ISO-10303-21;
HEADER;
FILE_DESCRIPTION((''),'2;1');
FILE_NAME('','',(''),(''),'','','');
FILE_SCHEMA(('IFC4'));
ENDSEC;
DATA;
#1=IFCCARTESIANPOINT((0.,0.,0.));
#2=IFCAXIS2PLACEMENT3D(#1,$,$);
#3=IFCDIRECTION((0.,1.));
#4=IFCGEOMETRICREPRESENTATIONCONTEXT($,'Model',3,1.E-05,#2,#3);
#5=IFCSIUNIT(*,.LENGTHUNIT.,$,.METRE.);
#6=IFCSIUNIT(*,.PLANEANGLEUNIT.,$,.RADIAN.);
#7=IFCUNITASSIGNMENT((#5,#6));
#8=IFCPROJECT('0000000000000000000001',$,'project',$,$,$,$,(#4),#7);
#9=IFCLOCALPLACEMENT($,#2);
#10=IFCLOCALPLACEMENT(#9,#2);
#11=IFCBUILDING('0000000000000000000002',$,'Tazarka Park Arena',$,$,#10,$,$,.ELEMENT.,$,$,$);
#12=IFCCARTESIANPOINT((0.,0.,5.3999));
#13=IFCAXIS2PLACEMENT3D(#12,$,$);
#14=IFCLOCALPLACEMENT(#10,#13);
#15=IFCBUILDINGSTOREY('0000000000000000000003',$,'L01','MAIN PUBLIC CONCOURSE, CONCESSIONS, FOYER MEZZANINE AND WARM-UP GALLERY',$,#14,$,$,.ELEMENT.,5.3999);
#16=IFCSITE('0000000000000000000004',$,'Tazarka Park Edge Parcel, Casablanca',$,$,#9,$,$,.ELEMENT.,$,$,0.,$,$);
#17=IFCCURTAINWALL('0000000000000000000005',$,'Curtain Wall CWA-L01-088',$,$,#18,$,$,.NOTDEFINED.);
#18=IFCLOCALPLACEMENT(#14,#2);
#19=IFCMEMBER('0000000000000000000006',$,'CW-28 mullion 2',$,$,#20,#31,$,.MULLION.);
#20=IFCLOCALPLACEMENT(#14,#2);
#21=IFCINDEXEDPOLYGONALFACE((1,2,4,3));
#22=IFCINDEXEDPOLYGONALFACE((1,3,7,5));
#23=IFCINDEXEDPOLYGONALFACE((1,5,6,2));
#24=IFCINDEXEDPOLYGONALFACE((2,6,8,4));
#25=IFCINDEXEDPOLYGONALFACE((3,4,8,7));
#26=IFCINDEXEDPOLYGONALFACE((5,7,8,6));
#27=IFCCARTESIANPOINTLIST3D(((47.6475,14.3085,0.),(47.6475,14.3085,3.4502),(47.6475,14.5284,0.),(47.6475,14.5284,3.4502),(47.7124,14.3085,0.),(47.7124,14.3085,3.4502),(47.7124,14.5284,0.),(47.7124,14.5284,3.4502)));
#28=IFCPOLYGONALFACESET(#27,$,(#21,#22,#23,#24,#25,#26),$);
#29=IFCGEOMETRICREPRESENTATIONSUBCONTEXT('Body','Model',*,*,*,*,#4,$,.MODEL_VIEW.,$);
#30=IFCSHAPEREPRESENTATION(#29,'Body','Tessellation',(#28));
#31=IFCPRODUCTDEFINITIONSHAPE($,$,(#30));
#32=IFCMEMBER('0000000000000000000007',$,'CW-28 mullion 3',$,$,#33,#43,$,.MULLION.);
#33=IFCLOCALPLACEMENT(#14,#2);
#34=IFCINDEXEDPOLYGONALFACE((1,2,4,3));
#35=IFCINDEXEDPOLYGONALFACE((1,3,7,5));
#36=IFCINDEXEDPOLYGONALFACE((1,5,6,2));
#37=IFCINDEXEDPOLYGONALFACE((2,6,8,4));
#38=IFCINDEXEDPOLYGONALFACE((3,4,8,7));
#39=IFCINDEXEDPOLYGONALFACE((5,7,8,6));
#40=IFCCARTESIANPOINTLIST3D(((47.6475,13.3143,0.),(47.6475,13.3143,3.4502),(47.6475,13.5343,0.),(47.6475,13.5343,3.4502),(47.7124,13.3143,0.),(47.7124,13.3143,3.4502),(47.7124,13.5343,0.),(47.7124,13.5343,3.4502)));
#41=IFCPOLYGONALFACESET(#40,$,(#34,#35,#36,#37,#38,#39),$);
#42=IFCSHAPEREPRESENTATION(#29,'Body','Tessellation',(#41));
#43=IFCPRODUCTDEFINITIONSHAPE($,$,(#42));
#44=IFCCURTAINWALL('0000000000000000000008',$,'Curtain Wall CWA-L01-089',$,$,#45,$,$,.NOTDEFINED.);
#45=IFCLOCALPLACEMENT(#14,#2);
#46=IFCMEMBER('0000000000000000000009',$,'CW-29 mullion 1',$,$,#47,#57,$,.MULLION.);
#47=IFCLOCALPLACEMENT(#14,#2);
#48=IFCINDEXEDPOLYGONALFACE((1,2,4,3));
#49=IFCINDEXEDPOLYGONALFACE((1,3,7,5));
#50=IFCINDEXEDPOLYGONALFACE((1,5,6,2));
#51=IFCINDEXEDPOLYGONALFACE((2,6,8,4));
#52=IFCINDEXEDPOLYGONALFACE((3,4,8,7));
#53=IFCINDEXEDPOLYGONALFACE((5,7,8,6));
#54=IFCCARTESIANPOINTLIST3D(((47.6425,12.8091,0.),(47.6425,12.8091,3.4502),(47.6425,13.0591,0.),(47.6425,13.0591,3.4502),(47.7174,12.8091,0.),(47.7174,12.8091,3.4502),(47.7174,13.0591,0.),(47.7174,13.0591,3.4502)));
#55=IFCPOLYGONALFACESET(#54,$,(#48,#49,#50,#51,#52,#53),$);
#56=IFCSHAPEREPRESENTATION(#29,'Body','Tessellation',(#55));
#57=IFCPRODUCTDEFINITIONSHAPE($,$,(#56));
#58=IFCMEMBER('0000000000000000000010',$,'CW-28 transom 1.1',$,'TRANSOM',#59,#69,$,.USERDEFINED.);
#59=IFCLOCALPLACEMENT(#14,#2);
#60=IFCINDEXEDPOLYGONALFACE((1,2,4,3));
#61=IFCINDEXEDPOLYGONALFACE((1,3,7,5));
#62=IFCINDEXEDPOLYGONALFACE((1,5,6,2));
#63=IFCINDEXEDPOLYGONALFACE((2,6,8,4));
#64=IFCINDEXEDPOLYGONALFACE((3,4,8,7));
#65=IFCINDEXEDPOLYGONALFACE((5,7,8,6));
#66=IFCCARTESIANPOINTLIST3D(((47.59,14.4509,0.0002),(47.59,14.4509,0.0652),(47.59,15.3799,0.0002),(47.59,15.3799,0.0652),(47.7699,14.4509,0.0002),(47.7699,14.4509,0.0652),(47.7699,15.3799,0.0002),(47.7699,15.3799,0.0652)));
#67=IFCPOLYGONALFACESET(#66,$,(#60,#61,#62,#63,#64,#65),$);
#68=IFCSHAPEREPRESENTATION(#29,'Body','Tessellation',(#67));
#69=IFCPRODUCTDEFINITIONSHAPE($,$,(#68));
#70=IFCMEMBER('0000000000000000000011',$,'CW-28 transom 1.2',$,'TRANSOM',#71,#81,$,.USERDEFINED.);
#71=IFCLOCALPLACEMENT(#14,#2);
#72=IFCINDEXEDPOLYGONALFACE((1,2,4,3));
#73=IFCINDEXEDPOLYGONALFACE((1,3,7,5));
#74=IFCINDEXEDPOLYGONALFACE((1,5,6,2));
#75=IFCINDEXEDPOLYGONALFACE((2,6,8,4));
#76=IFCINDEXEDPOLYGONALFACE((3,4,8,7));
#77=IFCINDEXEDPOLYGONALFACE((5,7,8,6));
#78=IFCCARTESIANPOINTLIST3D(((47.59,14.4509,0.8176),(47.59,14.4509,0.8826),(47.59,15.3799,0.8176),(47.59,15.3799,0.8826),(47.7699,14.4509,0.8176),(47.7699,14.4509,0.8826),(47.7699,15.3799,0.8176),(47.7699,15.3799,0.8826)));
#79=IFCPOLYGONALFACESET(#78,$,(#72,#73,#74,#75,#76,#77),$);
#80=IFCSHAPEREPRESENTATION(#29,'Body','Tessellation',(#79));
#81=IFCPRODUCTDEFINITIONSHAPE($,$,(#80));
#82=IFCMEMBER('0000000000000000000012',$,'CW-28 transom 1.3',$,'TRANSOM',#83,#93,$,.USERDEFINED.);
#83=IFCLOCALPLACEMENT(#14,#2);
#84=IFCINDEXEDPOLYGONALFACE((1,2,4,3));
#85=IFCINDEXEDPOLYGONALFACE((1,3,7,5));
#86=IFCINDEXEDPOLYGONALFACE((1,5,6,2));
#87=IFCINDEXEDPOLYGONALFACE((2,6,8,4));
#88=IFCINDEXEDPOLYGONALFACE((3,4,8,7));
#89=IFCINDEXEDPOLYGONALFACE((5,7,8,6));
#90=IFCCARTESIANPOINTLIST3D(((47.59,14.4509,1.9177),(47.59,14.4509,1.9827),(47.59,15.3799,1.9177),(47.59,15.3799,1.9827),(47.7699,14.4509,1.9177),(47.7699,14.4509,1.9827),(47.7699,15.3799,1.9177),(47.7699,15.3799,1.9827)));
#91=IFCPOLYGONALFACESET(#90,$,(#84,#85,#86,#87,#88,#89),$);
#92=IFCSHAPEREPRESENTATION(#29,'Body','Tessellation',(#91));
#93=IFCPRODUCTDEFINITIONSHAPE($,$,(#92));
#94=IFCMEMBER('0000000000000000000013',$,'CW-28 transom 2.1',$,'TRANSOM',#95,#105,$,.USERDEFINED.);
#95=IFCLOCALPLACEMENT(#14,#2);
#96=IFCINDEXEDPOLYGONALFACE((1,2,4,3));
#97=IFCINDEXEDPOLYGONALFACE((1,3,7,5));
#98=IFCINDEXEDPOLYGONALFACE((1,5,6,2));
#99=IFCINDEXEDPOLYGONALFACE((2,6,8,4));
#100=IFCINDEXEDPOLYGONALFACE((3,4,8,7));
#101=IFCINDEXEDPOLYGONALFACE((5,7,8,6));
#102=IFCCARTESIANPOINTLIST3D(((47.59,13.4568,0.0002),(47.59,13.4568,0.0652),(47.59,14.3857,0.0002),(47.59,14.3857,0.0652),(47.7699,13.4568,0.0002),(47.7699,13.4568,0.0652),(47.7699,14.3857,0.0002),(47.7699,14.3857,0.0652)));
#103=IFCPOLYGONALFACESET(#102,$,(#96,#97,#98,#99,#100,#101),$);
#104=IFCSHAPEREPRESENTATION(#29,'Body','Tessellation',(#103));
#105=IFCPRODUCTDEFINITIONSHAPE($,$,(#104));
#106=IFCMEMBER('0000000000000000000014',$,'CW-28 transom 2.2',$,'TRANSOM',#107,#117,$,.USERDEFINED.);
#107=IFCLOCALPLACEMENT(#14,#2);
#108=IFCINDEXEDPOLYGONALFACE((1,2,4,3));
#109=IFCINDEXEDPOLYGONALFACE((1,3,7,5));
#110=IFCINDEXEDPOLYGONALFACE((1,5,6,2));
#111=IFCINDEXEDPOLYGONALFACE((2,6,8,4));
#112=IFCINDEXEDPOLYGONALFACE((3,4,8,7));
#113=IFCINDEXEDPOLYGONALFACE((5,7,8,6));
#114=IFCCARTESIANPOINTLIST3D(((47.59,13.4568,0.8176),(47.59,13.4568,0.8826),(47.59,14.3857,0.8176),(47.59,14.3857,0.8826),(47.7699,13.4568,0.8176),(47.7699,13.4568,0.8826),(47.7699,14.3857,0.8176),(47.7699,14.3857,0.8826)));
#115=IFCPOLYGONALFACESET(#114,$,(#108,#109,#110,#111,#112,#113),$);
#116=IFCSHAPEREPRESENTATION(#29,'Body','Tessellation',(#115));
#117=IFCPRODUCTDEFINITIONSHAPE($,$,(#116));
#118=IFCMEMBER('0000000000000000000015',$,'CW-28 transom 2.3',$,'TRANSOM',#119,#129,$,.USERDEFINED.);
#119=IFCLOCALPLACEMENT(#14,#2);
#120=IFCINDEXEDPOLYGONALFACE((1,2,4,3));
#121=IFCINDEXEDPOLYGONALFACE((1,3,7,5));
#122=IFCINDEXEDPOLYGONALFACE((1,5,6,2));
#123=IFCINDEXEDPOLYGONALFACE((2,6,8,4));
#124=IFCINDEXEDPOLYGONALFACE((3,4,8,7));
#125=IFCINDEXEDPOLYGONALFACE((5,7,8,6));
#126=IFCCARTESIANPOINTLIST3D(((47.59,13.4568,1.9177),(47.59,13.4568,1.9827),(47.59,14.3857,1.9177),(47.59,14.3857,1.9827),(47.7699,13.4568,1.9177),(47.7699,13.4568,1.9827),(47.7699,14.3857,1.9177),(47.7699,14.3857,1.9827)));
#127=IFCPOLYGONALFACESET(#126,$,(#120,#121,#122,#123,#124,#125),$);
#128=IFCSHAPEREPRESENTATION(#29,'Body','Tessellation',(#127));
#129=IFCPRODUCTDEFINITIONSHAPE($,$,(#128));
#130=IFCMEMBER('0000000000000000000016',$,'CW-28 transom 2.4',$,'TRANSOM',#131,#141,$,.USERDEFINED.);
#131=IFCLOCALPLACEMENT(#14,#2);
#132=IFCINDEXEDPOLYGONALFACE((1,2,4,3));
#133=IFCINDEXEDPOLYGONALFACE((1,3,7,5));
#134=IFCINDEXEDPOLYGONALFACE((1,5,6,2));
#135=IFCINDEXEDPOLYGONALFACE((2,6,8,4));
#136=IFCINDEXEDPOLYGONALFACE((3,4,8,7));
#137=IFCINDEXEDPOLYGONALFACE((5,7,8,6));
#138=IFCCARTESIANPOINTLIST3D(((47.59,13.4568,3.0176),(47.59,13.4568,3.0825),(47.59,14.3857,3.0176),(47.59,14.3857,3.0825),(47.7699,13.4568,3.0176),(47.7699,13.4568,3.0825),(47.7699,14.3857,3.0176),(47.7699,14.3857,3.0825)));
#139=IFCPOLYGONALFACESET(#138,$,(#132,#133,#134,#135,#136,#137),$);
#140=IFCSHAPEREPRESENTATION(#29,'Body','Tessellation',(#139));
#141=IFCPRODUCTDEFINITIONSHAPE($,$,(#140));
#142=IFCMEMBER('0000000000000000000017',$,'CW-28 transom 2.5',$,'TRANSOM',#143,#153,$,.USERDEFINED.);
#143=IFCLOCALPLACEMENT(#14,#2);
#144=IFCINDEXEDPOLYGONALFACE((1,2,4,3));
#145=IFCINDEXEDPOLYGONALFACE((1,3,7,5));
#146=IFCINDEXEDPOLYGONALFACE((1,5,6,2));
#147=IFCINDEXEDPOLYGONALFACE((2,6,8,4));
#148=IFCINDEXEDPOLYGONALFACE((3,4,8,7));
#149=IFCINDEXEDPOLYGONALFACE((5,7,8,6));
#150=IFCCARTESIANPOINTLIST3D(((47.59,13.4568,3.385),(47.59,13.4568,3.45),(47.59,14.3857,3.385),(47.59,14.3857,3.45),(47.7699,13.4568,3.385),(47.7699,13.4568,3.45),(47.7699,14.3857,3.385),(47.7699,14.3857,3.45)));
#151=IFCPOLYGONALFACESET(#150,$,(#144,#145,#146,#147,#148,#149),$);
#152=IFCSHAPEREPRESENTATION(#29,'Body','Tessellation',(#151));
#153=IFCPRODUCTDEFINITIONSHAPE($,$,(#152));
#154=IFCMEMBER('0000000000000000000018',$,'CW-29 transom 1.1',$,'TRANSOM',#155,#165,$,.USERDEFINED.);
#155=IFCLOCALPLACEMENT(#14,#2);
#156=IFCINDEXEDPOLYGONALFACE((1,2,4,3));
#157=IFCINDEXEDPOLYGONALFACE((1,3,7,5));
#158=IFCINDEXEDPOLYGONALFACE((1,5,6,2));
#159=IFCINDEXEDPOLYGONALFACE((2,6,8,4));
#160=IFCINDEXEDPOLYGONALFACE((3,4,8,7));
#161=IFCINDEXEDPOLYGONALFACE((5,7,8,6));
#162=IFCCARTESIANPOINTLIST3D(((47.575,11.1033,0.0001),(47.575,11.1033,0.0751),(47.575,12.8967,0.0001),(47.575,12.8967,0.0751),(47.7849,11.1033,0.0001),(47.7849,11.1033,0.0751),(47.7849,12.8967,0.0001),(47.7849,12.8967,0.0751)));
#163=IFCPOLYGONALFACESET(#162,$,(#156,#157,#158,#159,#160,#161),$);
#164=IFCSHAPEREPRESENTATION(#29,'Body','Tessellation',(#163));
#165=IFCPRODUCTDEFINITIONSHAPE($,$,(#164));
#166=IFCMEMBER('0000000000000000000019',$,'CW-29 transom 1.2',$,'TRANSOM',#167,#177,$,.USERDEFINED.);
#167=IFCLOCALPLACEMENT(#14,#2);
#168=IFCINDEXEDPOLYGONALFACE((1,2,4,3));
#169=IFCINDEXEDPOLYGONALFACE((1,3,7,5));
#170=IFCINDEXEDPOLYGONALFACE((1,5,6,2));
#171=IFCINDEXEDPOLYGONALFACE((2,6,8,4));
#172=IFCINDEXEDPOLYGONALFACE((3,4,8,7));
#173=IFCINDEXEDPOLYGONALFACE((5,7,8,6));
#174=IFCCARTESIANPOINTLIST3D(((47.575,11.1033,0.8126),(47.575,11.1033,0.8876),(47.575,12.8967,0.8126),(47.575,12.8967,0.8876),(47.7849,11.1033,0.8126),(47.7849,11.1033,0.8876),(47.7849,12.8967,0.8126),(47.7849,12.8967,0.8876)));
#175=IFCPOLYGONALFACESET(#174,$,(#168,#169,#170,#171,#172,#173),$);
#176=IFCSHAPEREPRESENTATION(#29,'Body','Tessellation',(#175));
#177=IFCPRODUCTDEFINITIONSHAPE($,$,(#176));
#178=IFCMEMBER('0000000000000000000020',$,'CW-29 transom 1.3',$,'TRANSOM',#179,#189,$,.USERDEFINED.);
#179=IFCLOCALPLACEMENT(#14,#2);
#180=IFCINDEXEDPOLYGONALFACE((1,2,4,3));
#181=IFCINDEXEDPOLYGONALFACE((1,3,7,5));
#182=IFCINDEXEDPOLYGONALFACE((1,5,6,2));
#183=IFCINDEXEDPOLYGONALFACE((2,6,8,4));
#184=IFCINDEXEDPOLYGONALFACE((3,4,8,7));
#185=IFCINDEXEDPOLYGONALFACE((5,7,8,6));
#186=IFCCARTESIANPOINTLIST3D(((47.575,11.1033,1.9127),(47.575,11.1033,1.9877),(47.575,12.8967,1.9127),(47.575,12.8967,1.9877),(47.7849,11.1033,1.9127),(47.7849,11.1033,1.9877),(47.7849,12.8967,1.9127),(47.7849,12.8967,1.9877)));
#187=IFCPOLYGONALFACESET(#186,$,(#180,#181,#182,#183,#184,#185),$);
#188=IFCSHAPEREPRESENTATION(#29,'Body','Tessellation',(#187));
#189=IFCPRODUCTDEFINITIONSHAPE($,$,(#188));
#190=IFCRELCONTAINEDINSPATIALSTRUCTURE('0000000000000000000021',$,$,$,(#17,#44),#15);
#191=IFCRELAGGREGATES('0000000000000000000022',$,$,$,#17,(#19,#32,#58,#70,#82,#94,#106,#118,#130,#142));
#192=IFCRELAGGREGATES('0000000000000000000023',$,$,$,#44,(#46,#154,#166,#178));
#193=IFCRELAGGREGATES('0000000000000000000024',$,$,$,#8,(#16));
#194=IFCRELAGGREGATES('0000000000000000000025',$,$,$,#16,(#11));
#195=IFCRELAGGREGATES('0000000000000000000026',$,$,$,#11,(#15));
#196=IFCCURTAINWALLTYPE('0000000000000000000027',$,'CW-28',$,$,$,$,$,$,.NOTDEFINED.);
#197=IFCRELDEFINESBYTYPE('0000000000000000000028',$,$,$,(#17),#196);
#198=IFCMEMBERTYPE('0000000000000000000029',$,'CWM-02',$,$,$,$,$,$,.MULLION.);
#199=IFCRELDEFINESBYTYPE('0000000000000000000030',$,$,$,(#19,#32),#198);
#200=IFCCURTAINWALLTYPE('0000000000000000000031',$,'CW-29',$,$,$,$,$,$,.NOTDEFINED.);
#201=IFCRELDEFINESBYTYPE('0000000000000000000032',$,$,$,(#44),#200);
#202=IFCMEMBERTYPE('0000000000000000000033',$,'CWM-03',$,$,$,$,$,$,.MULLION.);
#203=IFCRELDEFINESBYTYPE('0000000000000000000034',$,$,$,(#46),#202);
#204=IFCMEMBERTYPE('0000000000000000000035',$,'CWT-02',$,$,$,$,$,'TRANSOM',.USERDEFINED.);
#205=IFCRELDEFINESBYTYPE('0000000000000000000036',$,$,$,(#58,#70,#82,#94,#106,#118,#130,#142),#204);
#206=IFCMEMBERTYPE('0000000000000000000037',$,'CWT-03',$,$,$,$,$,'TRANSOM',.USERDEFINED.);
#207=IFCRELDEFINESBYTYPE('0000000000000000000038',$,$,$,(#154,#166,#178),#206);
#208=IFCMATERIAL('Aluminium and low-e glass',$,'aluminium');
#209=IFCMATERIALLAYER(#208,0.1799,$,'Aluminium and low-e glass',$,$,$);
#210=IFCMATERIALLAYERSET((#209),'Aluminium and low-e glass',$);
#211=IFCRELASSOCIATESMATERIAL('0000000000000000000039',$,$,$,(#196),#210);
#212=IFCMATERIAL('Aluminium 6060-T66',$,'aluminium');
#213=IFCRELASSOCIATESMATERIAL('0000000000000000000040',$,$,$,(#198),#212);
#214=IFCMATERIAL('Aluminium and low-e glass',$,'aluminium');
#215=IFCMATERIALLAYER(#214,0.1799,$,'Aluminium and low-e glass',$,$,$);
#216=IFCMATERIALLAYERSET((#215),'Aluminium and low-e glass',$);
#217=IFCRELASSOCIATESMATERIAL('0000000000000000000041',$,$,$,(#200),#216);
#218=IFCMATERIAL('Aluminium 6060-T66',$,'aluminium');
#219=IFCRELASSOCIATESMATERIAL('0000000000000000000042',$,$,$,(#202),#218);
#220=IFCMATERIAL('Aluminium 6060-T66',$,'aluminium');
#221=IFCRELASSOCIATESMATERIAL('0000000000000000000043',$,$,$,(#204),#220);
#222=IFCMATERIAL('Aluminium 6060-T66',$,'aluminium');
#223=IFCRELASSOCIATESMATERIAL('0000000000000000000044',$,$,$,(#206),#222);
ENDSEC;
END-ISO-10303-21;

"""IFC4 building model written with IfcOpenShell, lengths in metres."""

from ifc_helpers import new_model, si_unit, direction, frame, origin, origin_2d, place, context, subcontext, project, spatial, rectangle, extrude, material, layer, layer_set, material_profile, profile_set, type_object, element, aggregate, save


model = new_model("IFC4")

# Units and contexts
model_context = context("Model", 3, precision=1e-05, world=origin(), true_north=direction((0.0, 1.0)))
body_context = subcontext(model_context, "Body", "Model", "MODEL_VIEW")
ifc_project = project(units=[si_unit("LENGTHUNIT", "METRE"), si_unit("PLANEANGLEUNIT", "RADIAN")], contexts=[model_context])

# Site, building, storey
site_placement = place(None, origin())
site = spatial("IfcSite", under=ifc_project, at=site_placement, Name="Tazarka Park Edge Parcel, Casablanca", CompositionType="ELEMENT", RefElevation=0.0)
building_placement = place(site_placement, origin())
building = spatial("IfcBuilding", under=site, at=building_placement, Name="Tazarka Park Arena", CompositionType="ELEMENT")
storey_placement = place(building_placement, frame((0.0, 0.0, 5.3999)))
storey = spatial("IfcBuildingStorey", under=building, at=storey_placement, Name="L01", Description="MAIN PUBLIC CONCOURSE, CONCESSIONS, FOYER MEZZANINE AND WARM-UP GALLERY", CompositionType="ELEMENT", Elevation=5.3999)

# Curtain wall, members
ifc_material_1 = material(Name="Aluminium and low-e glass", Category="aluminium")
ifc_layer_1 = layer(ifc_material_1, 0.1799, Name="Aluminium and low-e glass")
ifc_layer_set_1 = layer_set([ifc_layer_1], Name="Aluminium and low-e glass")
curtain_wall_type_1 = type_object("IfcCurtainWallType", Name="CW-28", PredefinedType="NOTDEFINED", material=ifc_layer_set_1)
curtain_wall_1_placement = place(storey_placement, origin())
curtain_wall_1 = element("IfcCurtainWall", 1, at=curtain_wall_1_placement, inside=storey, type_object=curtain_wall_type_1, Name="Curtain Wall CWA-L01-088", PredefinedType="NOTDEFINED")
ifc_material_2 = material(Name="Aluminium 6060-T66", Category="aluminium")
ifc_material_profile_1 = material_profile(ifc_material_2, rectangle(XDim=0.0649, YDim=0.22, at=origin_2d()), Name="Aluminium 6060-T66")
ifc_profile_set_1 = profile_set([ifc_material_profile_1], Name="Aluminium 6060-T66")
member_type_1 = type_object("IfcMemberType", Name="CWM-02", PredefinedType="MULLION", material=ifc_profile_set_1)
member_1_placement = place(storey_placement, frame((47.6799, 14.4185, 0.0), z_axis=(0.0, 0.0, 1.0), x_axis=(1.0, 0.0, 0.0)))
member_1 = element("IfcMember", 2, at=member_1_placement, type_object=member_type_1, Name="CW-28 mullion 2", PredefinedType="MULLION", context=body_context, shape_type="SweptSolid", body=[
    extrude(rectangle(XDim=0.0649, YDim=0.22, at=origin_2d()), origin(), (0.0, 0.0, 1.0), 3.4502),
])
member_2_placement = place(storey_placement, frame((47.6799, 13.4243, 0.0), z_axis=(0.0, 0.0, 1.0), x_axis=(1.0, 0.0, 0.0)))
member_2 = element("IfcMember", 3, at=member_2_placement, type_object=member_type_1, Name="CW-28 mullion 3", PredefinedType="MULLION", context=body_context, shape_type="SweptSolid", body=[
    extrude(rectangle(XDim=0.0649, YDim=0.22, at=origin_2d()), origin(), (0.0, 0.0, 1.0), 3.4502),
])

# Curtain wall, member
ifc_material_3 = material(Name="Aluminium and low-e glass", Category="aluminium")
ifc_layer_2 = layer(ifc_material_3, 0.1799, Name="Aluminium and low-e glass")
ifc_layer_set_2 = layer_set([ifc_layer_2], Name="Aluminium and low-e glass")
curtain_wall_type_2 = type_object("IfcCurtainWallType", Name="CW-29", PredefinedType="NOTDEFINED", material=ifc_layer_set_2)
curtain_wall_2_placement = place(storey_placement, origin())
curtain_wall_2 = element("IfcCurtainWall", 4, at=curtain_wall_2_placement, inside=storey, type_object=curtain_wall_type_2, Name="Curtain Wall CWA-L01-089", PredefinedType="NOTDEFINED")
ifc_material_4 = material(Name="Aluminium 6060-T66", Category="aluminium")
ifc_material_profile_2 = material_profile(ifc_material_4, rectangle(XDim=0.075, YDim=0.25, at=origin_2d()), Name="Aluminium 6060-T66")
ifc_profile_set_2 = profile_set([ifc_material_profile_2], Name="Aluminium 6060-T66")
member_type_2 = type_object("IfcMemberType", Name="CWM-03", PredefinedType="MULLION", material=ifc_profile_set_2)
member_3_placement = place(storey_placement, frame((47.6799, 12.9341, 0.0), z_axis=(0.0, 0.0, 1.0), x_axis=(1.0, 0.0, 0.0)))
member_3 = element("IfcMember", 5, at=member_3_placement, type_object=member_type_2, Name="CW-29 mullion 1", PredefinedType="MULLION", context=body_context, shape_type="SweptSolid", body=[
    extrude(rectangle(XDim=0.075, YDim=0.25, at=origin_2d()), origin(), (0.0, 0.0, 1.0), 3.4502),
])

# Members
ifc_material_5 = material(Name="Aluminium 6060-T66", Category="aluminium")
ifc_material_profile_3 = material_profile(ifc_material_5, rectangle(XDim=0.1799, YDim=0.0649, at=origin_2d()), Name="Aluminium 6060-T66")
ifc_profile_set_3 = profile_set([ifc_material_profile_3], Name="Aluminium 6060-T66")
member_type_3 = type_object("IfcMemberType", Name="CWT-02", ElementType="TRANSOM", PredefinedType="USERDEFINED", material=ifc_profile_set_3)
member_4_placement = place(storey_placement, frame((47.6799, 15.3799, 0.0327), z_axis=(0.0, -1.0, 0.0), x_axis=(1.0, 0.0, 0.0)))
member_4 = element("IfcMember", 6, at=member_4_placement, type_object=member_type_3, Name="CW-28 transom 1.1", ObjectType="TRANSOM", PredefinedType="USERDEFINED", context=body_context, shape_type="SweptSolid", body=[
    extrude(rectangle(XDim=0.1799, YDim=0.0649, at=origin_2d()), origin(), (0.0, 0.0, 1.0), 0.929),
])
member_5_placement = place(storey_placement, frame((47.6799, 15.3799, 0.8501), z_axis=(0.0, -1.0, 0.0), x_axis=(1.0, 0.0, 0.0)))
member_5 = element("IfcMember", 7, at=member_5_placement, type_object=member_type_3, Name="CW-28 transom 1.2", ObjectType="TRANSOM", PredefinedType="USERDEFINED", context=body_context, shape_type="SweptSolid", body=[
    extrude(rectangle(XDim=0.1799, YDim=0.0649, at=origin_2d()), origin(), (0.0, 0.0, 1.0), 0.929),
])
member_6_placement = place(storey_placement, frame((47.6799, 15.3799, 1.9502), z_axis=(0.0, -1.0, 0.0), x_axis=(1.0, 0.0, 0.0)))
member_6 = element("IfcMember", 8, at=member_6_placement, type_object=member_type_3, Name="CW-28 transom 1.3", ObjectType="TRANSOM", PredefinedType="USERDEFINED", context=body_context, shape_type="SweptSolid", body=[
    extrude(rectangle(XDim=0.1799, YDim=0.0649, at=origin_2d()), origin(), (0.0, 0.0, 1.0), 0.929),
])
member_7_placement = place(storey_placement, frame((47.6799, 14.3857, 0.0327), z_axis=(0.0, -1.0, 0.0), x_axis=(1.0, 0.0, 0.0)))
member_7 = element("IfcMember", 9, at=member_7_placement, type_object=member_type_3, Name="CW-28 transom 2.1", ObjectType="TRANSOM", PredefinedType="USERDEFINED", context=body_context, shape_type="SweptSolid", body=[
    extrude(rectangle(XDim=0.1799, YDim=0.0649, at=origin_2d()), origin(), (0.0, 0.0, 1.0), 0.929),
])
member_8_placement = place(storey_placement, frame((47.6799, 14.3857, 0.8501), z_axis=(0.0, -1.0, 0.0), x_axis=(1.0, 0.0, 0.0)))
member_8 = element("IfcMember", 10, at=member_8_placement, type_object=member_type_3, Name="CW-28 transom 2.2", ObjectType="TRANSOM", PredefinedType="USERDEFINED", context=body_context, shape_type="SweptSolid", body=[
    extrude(rectangle(XDim=0.1799, YDim=0.0649, at=origin_2d()), origin(), (0.0, 0.0, 1.0), 0.929),
])
member_9_placement = place(storey_placement, frame((47.6799, 14.3857, 1.9502), z_axis=(0.0, -1.0, 0.0), x_axis=(1.0, 0.0, 0.0)))
member_9 = element("IfcMember", 11, at=member_9_placement, type_object=member_type_3, Name="CW-28 transom 2.3", ObjectType="TRANSOM", PredefinedType="USERDEFINED", context=body_context, shape_type="SweptSolid", body=[
    extrude(rectangle(XDim=0.1799, YDim=0.0649, at=origin_2d()), origin(), (0.0, 0.0, 1.0), 0.929),
])
member_10_placement = place(storey_placement, frame((47.6799, 14.3857, 3.05), z_axis=(0.0, -1.0, 0.0), x_axis=(1.0, 0.0, 0.0)))
member_10 = element("IfcMember", 12, at=member_10_placement, type_object=member_type_3, Name="CW-28 transom 2.4", ObjectType="TRANSOM", PredefinedType="USERDEFINED", context=body_context, shape_type="SweptSolid", body=[
    extrude(rectangle(XDim=0.1799, YDim=0.0649, at=origin_2d()), origin(), (0.0, 0.0, 1.0), 0.929),
])
member_11_placement = place(storey_placement, frame((47.6799, 14.3857, 3.4175), z_axis=(0.0, -1.0, 0.0), x_axis=(1.0, 0.0, 0.0)))
member_11 = element("IfcMember", 13, at=member_11_placement, type_object=member_type_3, Name="CW-28 transom 2.5", ObjectType="TRANSOM", PredefinedType="USERDEFINED", context=body_context, shape_type="SweptSolid", body=[
    extrude(rectangle(XDim=0.1799, YDim=0.0649, at=origin_2d()), origin(), (0.0, 0.0, 1.0), 0.929),
])
ifc_material_6 = material(Name="Aluminium 6060-T66", Category="aluminium")
ifc_material_profile_4 = material_profile(ifc_material_6, rectangle(XDim=0.21, YDim=0.075, at=origin_2d()), Name="Aluminium 6060-T66")
ifc_profile_set_4 = profile_set([ifc_material_profile_4], Name="Aluminium 6060-T66")
member_type_4 = type_object("IfcMemberType", Name="CWT-03", ElementType="TRANSOM", PredefinedType="USERDEFINED", material=ifc_profile_set_4)
member_12_placement = place(storey_placement, frame((47.6799, 12.8967, 0.0376), z_axis=(0.0, -1.0, 0.0), x_axis=(1.0, 0.0, 0.0)))
member_12 = element("IfcMember", 14, at=member_12_placement, type_object=member_type_4, Name="CW-29 transom 1.1", ObjectType="TRANSOM", PredefinedType="USERDEFINED", context=body_context, shape_type="SweptSolid", body=[
    extrude(rectangle(XDim=0.21, YDim=0.075, at=origin_2d()), origin(), (0.0, 0.0, 1.0), 1.7935),
])
member_13_placement = place(storey_placement, frame((47.6799, 12.8967, 0.8501), z_axis=(0.0, -1.0, 0.0), x_axis=(1.0, 0.0, 0.0)))
member_13 = element("IfcMember", 15, at=member_13_placement, type_object=member_type_4, Name="CW-29 transom 1.2", ObjectType="TRANSOM", PredefinedType="USERDEFINED", context=body_context, shape_type="SweptSolid", body=[
    extrude(rectangle(XDim=0.21, YDim=0.075, at=origin_2d()), origin(), (0.0, 0.0, 1.0), 1.7935),
])
member_14_placement = place(storey_placement, frame((47.6799, 12.8967, 1.9502), z_axis=(0.0, -1.0, 0.0), x_axis=(1.0, 0.0, 0.0)))
member_14 = element("IfcMember", 16, at=member_14_placement, type_object=member_type_4, Name="CW-29 transom 1.3", ObjectType="TRANSOM", PredefinedType="USERDEFINED", context=body_context, shape_type="SweptSolid", body=[
    extrude(rectangle(XDim=0.21, YDim=0.075, at=origin_2d()), origin(), (0.0, 0.0, 1.0), 1.7935),
])

aggregate(curtain_wall_1, [member_1, member_2, member_4, member_5, member_6, member_7, member_8, member_9, member_10, member_11])
aggregate(curtain_wall_2, [member_3, member_12, member_13, member_14])

save(model, "model.ifc")
